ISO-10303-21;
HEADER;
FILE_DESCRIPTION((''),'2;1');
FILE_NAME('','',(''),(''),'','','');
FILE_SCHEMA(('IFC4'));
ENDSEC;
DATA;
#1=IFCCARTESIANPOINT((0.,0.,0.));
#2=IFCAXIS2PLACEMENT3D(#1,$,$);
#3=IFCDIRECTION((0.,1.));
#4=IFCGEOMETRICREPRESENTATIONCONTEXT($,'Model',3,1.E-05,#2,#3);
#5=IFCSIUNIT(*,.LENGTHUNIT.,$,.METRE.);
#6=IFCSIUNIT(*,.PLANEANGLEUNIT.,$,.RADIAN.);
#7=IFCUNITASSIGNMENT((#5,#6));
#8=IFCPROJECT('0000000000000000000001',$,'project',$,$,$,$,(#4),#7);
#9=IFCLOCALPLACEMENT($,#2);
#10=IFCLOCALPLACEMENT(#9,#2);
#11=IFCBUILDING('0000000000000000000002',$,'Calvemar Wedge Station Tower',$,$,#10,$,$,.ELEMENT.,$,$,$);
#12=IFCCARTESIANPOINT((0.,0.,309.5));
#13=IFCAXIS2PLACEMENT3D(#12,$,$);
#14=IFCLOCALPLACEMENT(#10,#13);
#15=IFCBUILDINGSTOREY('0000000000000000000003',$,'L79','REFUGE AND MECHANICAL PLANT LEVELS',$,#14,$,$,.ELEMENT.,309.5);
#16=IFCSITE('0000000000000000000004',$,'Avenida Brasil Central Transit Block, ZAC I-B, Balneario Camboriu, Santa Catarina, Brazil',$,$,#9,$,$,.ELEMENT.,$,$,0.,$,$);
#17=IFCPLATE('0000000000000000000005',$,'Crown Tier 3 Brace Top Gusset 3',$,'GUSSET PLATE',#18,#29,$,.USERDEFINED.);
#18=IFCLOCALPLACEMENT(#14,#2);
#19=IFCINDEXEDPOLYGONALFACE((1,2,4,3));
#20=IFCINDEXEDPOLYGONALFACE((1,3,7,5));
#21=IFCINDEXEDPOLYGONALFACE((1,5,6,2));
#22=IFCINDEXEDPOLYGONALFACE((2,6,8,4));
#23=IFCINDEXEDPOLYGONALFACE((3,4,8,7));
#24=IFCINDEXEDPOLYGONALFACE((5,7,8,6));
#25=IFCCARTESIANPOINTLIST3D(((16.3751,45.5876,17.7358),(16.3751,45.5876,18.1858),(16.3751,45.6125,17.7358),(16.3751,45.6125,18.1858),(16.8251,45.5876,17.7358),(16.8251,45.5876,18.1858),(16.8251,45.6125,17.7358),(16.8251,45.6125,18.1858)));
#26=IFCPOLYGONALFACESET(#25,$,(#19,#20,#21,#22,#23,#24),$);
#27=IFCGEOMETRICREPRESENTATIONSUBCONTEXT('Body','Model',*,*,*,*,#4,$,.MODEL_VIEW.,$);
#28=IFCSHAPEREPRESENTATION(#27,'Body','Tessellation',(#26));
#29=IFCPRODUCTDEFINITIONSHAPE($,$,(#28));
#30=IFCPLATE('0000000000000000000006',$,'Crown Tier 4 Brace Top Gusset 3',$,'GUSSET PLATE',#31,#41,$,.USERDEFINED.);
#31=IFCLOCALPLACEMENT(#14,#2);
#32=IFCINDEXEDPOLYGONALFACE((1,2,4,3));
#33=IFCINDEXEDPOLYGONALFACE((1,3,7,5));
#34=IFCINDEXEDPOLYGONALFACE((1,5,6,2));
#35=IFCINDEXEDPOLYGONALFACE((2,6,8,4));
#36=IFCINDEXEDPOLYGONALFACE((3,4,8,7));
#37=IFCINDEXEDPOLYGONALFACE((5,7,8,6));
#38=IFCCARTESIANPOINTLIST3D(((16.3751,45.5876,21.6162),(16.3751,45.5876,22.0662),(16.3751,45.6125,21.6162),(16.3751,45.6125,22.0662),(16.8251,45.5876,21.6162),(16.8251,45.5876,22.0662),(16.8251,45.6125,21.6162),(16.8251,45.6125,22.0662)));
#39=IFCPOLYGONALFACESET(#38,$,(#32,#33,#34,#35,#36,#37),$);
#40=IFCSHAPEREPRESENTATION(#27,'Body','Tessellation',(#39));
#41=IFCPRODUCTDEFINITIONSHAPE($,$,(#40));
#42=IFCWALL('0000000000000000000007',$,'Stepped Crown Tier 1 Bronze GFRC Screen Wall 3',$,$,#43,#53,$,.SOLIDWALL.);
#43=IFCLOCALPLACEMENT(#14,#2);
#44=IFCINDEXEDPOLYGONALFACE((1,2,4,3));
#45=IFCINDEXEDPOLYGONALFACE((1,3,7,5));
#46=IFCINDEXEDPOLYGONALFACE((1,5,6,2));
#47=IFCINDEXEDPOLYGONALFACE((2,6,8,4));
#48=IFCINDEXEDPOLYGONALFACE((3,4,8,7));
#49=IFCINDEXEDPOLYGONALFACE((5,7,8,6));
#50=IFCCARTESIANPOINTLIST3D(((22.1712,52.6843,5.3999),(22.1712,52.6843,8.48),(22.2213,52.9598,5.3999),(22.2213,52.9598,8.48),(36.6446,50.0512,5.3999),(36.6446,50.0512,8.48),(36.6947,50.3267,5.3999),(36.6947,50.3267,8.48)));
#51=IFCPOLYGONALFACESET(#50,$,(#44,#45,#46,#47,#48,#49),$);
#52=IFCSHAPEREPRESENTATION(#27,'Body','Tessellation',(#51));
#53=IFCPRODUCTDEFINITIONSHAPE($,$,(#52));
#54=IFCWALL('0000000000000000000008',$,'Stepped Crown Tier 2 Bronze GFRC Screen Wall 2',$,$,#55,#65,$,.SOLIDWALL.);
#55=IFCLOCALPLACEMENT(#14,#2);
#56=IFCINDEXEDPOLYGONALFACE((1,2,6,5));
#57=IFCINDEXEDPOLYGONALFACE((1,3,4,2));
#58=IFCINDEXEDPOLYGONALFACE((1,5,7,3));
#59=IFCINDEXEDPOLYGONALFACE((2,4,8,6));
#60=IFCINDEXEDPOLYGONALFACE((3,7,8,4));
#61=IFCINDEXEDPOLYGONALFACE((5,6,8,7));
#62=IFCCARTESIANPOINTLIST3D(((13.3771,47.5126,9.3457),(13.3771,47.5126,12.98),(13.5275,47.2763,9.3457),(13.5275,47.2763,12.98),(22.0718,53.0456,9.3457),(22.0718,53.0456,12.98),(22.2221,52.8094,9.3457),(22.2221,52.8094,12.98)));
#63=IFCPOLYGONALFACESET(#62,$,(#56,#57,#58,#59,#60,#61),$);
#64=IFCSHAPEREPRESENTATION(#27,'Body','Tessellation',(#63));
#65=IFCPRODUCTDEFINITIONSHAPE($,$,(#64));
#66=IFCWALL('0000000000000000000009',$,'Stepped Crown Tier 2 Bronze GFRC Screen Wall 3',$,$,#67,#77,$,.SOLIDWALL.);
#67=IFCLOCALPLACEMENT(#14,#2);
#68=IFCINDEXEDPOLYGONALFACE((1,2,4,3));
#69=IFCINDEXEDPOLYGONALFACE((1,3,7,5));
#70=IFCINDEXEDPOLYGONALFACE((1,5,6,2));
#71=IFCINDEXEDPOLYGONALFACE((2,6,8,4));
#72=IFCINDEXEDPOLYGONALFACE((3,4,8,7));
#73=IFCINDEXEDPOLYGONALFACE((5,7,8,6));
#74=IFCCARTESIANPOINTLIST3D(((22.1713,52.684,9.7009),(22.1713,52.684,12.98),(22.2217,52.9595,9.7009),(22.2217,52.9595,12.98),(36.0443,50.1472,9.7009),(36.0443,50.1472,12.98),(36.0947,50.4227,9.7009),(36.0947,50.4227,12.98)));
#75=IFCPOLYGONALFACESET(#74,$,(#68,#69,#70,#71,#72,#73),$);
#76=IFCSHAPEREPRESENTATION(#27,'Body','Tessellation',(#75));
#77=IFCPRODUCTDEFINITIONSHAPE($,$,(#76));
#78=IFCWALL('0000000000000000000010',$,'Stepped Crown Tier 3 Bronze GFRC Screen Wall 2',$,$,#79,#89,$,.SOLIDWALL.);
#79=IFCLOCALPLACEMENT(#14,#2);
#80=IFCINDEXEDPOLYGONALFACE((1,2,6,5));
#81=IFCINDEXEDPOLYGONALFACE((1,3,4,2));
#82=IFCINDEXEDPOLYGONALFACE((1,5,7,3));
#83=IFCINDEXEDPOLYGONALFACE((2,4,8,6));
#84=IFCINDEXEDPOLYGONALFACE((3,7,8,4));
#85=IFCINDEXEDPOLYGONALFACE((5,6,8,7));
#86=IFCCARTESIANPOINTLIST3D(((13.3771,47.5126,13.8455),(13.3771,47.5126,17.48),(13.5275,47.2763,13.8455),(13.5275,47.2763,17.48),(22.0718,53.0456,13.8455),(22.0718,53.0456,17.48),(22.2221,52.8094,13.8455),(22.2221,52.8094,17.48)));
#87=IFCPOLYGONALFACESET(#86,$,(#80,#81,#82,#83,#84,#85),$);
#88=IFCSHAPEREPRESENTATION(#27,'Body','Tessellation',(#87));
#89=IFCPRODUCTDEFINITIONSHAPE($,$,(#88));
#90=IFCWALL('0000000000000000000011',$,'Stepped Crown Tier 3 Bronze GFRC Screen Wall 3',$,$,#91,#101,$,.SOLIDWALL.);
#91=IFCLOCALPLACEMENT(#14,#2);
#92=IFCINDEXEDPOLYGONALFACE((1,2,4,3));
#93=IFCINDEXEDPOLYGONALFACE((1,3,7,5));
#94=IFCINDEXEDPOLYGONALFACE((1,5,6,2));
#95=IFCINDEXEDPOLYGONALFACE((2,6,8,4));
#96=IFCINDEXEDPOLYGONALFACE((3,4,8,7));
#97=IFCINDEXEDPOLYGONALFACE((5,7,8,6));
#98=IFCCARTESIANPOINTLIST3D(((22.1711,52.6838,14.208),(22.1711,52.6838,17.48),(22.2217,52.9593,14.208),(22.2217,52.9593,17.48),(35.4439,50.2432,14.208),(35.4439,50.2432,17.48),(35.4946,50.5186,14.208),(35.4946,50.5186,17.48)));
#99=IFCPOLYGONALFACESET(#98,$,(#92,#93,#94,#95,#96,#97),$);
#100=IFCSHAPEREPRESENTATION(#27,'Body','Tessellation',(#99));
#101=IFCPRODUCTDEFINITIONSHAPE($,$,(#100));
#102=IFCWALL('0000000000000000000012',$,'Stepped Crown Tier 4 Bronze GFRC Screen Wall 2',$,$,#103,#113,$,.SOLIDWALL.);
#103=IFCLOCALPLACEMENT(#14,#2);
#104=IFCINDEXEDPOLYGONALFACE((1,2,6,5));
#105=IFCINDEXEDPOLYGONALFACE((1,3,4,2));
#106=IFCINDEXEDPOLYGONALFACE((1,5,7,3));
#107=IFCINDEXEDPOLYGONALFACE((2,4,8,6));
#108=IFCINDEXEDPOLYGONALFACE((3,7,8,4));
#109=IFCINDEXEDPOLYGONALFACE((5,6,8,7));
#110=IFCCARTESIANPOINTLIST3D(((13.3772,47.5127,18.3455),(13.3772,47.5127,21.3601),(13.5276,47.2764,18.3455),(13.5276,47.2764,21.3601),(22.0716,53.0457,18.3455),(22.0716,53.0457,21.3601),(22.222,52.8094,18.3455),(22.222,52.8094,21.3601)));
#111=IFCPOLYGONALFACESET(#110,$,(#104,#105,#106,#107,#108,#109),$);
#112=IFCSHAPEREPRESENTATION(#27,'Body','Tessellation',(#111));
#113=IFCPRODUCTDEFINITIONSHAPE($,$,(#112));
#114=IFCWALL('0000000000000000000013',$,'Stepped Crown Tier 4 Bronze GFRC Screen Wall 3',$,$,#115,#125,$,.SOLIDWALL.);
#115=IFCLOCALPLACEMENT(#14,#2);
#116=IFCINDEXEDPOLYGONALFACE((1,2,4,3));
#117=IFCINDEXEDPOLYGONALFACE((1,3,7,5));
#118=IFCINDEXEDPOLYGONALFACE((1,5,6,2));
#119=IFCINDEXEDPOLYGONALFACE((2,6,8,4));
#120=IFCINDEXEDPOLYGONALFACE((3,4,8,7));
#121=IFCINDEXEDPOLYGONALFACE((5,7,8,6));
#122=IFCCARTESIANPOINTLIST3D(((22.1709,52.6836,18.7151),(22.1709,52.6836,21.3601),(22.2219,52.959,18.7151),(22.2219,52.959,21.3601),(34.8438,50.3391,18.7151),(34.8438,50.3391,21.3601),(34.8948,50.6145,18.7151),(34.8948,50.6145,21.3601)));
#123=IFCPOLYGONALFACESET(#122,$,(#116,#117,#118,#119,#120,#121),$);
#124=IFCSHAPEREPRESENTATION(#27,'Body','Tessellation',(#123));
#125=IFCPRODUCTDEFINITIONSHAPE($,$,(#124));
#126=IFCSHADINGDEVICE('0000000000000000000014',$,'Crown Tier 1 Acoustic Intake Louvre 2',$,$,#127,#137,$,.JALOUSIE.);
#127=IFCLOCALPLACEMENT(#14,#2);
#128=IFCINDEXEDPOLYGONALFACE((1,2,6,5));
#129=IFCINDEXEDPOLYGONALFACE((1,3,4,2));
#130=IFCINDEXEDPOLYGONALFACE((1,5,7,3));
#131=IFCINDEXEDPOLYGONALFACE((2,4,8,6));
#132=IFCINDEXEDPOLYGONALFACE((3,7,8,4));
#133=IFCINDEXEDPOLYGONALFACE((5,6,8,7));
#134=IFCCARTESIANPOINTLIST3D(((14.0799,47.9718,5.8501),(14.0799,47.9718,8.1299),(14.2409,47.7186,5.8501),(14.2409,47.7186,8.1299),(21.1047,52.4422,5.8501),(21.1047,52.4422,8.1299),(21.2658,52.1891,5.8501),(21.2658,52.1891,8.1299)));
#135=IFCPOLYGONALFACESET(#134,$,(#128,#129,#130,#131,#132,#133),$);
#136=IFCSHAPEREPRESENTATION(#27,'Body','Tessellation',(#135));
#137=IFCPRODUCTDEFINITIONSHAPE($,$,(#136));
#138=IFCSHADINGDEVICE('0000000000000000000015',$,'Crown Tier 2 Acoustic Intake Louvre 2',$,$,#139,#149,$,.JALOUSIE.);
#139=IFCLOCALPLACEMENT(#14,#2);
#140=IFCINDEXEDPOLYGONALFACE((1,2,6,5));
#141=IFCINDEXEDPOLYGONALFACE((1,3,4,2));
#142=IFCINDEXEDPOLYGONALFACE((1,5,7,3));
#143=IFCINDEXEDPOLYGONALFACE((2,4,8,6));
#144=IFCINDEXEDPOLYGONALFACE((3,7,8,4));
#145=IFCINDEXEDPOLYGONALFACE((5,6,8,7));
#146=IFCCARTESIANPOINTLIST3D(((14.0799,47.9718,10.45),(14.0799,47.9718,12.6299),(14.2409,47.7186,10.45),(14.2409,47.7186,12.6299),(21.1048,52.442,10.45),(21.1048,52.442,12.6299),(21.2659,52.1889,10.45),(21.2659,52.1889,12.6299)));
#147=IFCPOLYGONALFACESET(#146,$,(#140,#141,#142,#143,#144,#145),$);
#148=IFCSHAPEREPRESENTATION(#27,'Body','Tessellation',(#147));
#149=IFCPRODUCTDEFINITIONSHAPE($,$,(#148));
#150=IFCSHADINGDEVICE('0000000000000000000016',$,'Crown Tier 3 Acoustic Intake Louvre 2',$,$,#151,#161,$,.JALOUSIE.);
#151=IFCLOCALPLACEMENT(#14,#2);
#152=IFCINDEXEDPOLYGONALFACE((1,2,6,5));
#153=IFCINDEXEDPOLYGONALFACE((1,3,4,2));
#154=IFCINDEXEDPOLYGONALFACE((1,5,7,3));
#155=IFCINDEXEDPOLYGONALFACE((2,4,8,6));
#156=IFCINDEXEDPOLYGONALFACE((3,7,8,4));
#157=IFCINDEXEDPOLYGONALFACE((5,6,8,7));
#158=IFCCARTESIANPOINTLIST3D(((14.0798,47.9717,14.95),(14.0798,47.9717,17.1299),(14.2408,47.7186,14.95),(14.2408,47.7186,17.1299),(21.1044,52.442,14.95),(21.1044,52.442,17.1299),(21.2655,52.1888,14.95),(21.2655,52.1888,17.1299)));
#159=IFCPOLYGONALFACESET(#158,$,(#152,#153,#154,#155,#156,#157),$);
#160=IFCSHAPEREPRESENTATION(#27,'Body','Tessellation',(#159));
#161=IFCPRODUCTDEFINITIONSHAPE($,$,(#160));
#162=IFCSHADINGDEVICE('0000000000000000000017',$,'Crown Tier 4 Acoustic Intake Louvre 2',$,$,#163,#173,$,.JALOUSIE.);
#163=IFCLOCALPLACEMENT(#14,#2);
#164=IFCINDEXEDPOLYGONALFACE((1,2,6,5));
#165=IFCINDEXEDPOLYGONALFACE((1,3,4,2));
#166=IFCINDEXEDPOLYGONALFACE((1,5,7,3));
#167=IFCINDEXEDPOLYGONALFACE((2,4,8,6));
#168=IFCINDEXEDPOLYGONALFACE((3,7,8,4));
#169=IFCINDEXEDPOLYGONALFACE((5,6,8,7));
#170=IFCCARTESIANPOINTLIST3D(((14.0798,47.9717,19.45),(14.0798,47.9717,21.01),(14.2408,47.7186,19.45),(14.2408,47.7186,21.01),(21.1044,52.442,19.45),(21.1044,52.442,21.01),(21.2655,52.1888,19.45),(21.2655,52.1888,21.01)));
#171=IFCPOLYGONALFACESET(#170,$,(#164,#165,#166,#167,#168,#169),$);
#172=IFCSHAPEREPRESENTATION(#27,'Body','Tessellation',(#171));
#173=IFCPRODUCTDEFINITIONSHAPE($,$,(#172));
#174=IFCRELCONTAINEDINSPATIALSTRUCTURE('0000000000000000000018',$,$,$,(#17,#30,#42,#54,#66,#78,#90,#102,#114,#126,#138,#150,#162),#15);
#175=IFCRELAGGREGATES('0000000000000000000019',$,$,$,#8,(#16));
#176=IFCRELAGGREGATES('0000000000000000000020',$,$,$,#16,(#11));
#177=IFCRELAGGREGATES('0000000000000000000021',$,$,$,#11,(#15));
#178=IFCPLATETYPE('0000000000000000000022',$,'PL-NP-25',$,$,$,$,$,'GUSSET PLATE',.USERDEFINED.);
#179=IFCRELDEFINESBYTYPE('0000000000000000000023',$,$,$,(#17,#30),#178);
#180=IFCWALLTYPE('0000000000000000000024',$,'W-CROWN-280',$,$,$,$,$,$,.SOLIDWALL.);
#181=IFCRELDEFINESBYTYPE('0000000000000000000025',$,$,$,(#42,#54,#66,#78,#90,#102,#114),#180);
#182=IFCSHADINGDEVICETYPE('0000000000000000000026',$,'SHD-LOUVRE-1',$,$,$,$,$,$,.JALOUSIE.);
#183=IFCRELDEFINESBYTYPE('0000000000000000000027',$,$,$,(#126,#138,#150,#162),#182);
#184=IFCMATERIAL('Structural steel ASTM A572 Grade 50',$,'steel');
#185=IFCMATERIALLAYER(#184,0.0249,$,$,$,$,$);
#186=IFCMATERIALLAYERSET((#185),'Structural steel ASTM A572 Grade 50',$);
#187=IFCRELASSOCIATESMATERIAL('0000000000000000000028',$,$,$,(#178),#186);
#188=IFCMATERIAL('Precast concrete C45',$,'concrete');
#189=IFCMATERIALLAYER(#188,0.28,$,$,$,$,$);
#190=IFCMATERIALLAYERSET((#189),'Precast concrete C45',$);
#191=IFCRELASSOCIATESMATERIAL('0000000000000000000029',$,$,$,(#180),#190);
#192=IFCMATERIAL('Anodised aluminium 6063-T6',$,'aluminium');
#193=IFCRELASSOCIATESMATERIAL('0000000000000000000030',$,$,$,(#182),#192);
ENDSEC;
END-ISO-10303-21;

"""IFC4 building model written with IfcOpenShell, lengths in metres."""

from ifc_helpers import new_model, si_unit, direction, frame, frame_2d, origin, origin_2d, place, context, subcontext, project, spatial, rectangle, extrude, source, transform, mapped, material, layer, layer_set, type_object, element, save


model = new_model("IFC4")

# Units and contexts
model_context = context("Model", 3, precision=1e-05, world=origin(), true_north=direction((0.0, 1.0)))
body_context = subcontext(model_context, "Body", "Model", "MODEL_VIEW")
ifc_project = project(units=[si_unit("LENGTHUNIT", "METRE"), si_unit("PLANEANGLEUNIT", "RADIAN")], contexts=[model_context])

# Site, building, storey
site_placement = place(None, origin())
site = spatial("IfcSite", under=ifc_project, at=site_placement, Name="Avenida Brasil Central Transit Block, ZAC I-B, Balneario Camboriu, Santa Catarina, Brazil", CompositionType="ELEMENT", RefElevation=0.0)
building_placement = place(site_placement, origin())
building = spatial("IfcBuilding", under=site, at=building_placement, Name="Calvemar Wedge Station Tower", CompositionType="ELEMENT")
storey_placement = place(building_placement, frame((0.0, 0.0, 309.5)))
storey = spatial("IfcBuildingStorey", under=building, at=storey_placement, Name="L79", Description="REFUGE AND MECHANICAL PLANT LEVELS", CompositionType="ELEMENT", Elevation=309.5)

# Shared definitions
ifc_material_1 = material(Name="Structural steel ASTM A572 Grade 50", Category="steel")

# Plates
ifc_layer_1 = layer(ifc_material_1, 0.0249)
ifc_layer_set_1 = layer_set([ifc_layer_1], Name="Structural steel ASTM A572 Grade 50")
plate_type = type_object("IfcPlateType", Name="PL-NP-25", ElementType="GUSSET PLATE", PredefinedType="USERDEFINED", material=ifc_layer_set_1)
shared_shape_1 = source(origin(), body_context, "Body", "SweptSolid", [
    extrude(rectangle(XDim=0.45, YDim=0.0249, at=origin_2d()), origin(), (0.0, 0.0, 1.0), 0.45),
])
for number, where, z_axis, x_axis, name in (
    (1, (16.6001, 45.6001, 17.7358), (0.0, 0.0, 1.0), (-1.0, 0.0, 0.0), "Crown Tier 3 Brace Top Gusset 3"),
    (2, (16.6001, 45.6001, 21.6162), (0.0, 0.0, 1.0), (-1.0, 0.0, 0.0), "Crown Tier 4 Brace Top Gusset 3"),
):
    element("IfcPlate", number, at=place(storey_placement, frame(where, z_axis=z_axis, x_axis=x_axis)), inside=storey, type_object=plate_type, Name=name, ObjectType="GUSSET PLATE", PredefinedType="USERDEFINED", context=body_context, shape_type="MappedRepresentation", body=[
        mapped(shared_shape_1, transform((0.0, 0.0, 0.0), scale=1.0)),
    ])

# Walls
ifc_material_2 = material(Name="Precast concrete C45", Category="concrete")
ifc_layer_2 = layer(ifc_material_2, 0.28)
ifc_layer_set_2 = layer_set([ifc_layer_2], Name="Precast concrete C45")
wall_type = type_object("IfcWallType", Name="W-CROWN-280", PredefinedType="SOLIDWALL", material=ifc_layer_set_2)
wall_1_placement = place(storey_placement, frame((22.1963, 52.822, 5.3999), z_axis=(0.0, 0.0, 1.0), x_axis=(0.983852, -0.178986, 0.0)))
element("IfcWall", 3, at=wall_1_placement, inside=storey, type_object=wall_type, Name="Stepped Crown Tier 1 Bronze GFRC Screen Wall 3", PredefinedType="SOLIDWALL", context=body_context, shape_type="SweptSolid", body=[
    extrude(rectangle(XDim=14.7109, YDim=0.28, at=frame_2d((7.3555, 0.0))), origin(), (0.0, 0.0, 1.0), 3.0801),
])
wall_2_placement = place(storey_placement, frame((13.4524, 47.3945, 9.3457), z_axis=(0.0, 0.0, 1.0), x_axis=(0.84366, 0.536879, 0.0)))
element("IfcWall", 4, at=wall_2_placement, inside=storey, type_object=wall_type, Name="Stepped Crown Tier 2 Bronze GFRC Screen Wall 2", PredefinedType="SOLIDWALL", context=body_context, shape_type="SweptSolid", body=[
    extrude(rectangle(XDim=10.3059, YDim=0.28, at=frame_2d((5.1528, 0.0))), origin(), (0.0, 0.0, 1.0), 3.6343),
])
wall_3_placement = place(storey_placement, frame((22.1965, 52.8218, 9.7009), z_axis=(0.0, 0.0, 1.0), x_axis=(0.983689, -0.17988, 0.0)))
element("IfcWall", 5, at=wall_3_placement, inside=storey, type_object=wall_type, Name="Stepped Crown Tier 2 Bronze GFRC Screen Wall 3", PredefinedType="SOLIDWALL", context=body_context, shape_type="SweptSolid", body=[
    extrude(rectangle(XDim=14.103, YDim=0.28, at=frame_2d((7.0515, 0.0))), origin(), (0.0, 0.0, 1.0), 3.2791),
])
wall_4_placement = place(storey_placement, frame((13.4524, 47.3945, 13.8455), z_axis=(0.0, 0.0, 1.0), x_axis=(0.84366, 0.536879, 0.0)))
element("IfcWall", 6, at=wall_4_placement, inside=storey, type_object=wall_type, Name="Stepped Crown Tier 3 Bronze GFRC Screen Wall 2", PredefinedType="SOLIDWALL", context=body_context, shape_type="SweptSolid", body=[
    extrude(rectangle(XDim=10.3059, YDim=0.28, at=frame_2d((5.1528, 0.0))), origin(), (0.0, 0.0, 1.0), 3.6345),
])
wall_5_placement = place(storey_placement, frame((22.1965, 52.8215, 14.208), z_axis=(0.0, 0.0, 1.0), x_axis=(0.98351, -0.180851, 0.0)))
element("IfcWall", 7, at=wall_5_placement, inside=storey, type_object=wall_type, Name="Stepped Crown Tier 3 Bronze GFRC Screen Wall 3", PredefinedType="SOLIDWALL", context=body_context, shape_type="SweptSolid", body=[
    extrude(rectangle(XDim=13.4954, YDim=0.28, at=frame_2d((6.7476, 0.0))), origin(), (0.0, 0.0, 1.0), 3.272),
])
wall_6_placement = place(storey_placement, frame((13.4524, 47.3945, 18.3455), z_axis=(0.0, 0.0, 1.0), x_axis=(0.843653, 0.536889, 0.0)))
element("IfcWall", 8, at=wall_6_placement, inside=storey, type_object=wall_type, Name="Stepped Crown Tier 4 Bronze GFRC Screen Wall 2", PredefinedType="SOLIDWALL", context=body_context, shape_type="SweptSolid", body=[
    extrude(rectangle(XDim=10.3057, YDim=0.28, at=frame_2d((5.1528, 0.0))), origin(), (0.0, 0.0, 1.0), 3.0146),
])
wall_7_placement = place(storey_placement, frame((22.1965, 52.8213, 18.7151), z_axis=(0.0, 0.0, 1.0), x_axis=(0.983315, -0.181914, 0.0)))
element("IfcWall", 9, at=wall_7_placement, inside=storey, type_object=wall_type, Name="Stepped Crown Tier 4 Bronze GFRC Screen Wall 3", PredefinedType="SOLIDWALL", context=body_context, shape_type="SweptSolid", body=[
    extrude(rectangle(XDim=12.8879, YDim=0.28, at=frame_2d((6.4438, 0.0))), origin(), (0.0, 0.0, 1.0), 2.645),
])

# Shading devices
ifc_material_3 = material(Name="Anodised aluminium 6063-T6", Category="aluminium")
shading_device_type = type_object("IfcShadingDeviceType", Name="SHD-LOUVRE-1", PredefinedType="JALOUSIE", material=ifc_material_3)
shading_device_1_placement = place(storey_placement, frame((14.1604, 47.8452, 5.8501), z_axis=(0.0, 0.0, 1.0), x_axis=(0.843658, 0.536881, 0.0)))
element("IfcShadingDevice", 10, at=shading_device_1_placement, inside=storey, type_object=shading_device_type, Name="Crown Tier 1 Acoustic Intake Louvre 2", PredefinedType="JALOUSIE", context=body_context, shape_type="SweptSolid", body=[
    extrude(rectangle(XDim=8.3267, YDim=0.3, at=frame_2d((4.1633, 0.0))), origin(), (0.0, 0.0, 1.0), 2.2798),
])
shading_device_2_placement = place(storey_placement, frame((14.1604, 47.8452, 10.45), z_axis=(0.0, 0.0, 1.0), x_axis=(0.843671, 0.53686, 0.0)))
element("IfcShadingDevice", 11, at=shading_device_2_placement, inside=storey, type_object=shading_device_type, Name="Crown Tier 2 Acoustic Intake Louvre 2", PredefinedType="JALOUSIE", context=body_context, shape_type="SweptSolid", body=[
    extrude(rectangle(XDim=8.3267, YDim=0.3, at=frame_2d((4.1633, 0.0))), origin(), (0.0, 0.0, 1.0), 2.1799),
])
shading_device_3_placement = place(storey_placement, frame((14.1604, 47.8452, 14.95), z_axis=(0.0, 0.0, 1.0), x_axis=(0.843663, 0.536874, 0.0)))
element("IfcShadingDevice", 12, at=shading_device_3_placement, inside=storey, type_object=shading_device_type, Name="Crown Tier 3 Acoustic Intake Louvre 2", PredefinedType="JALOUSIE", context=body_context, shape_type="SweptSolid", body=[
    extrude(rectangle(XDim=8.3264, YDim=0.3, at=frame_2d((4.1631, 0.0))), origin(), (0.0, 0.0, 1.0), 2.1799),
])
shading_device_4_placement = place(storey_placement, frame((14.1604, 47.8452, 19.45), z_axis=(0.0, 0.0, 1.0), x_axis=(0.843663, 0.536874, 0.0)))
element("IfcShadingDevice", 13, at=shading_device_4_placement, inside=storey, type_object=shading_device_type, Name="Crown Tier 4 Acoustic Intake Louvre 2", PredefinedType="JALOUSIE", context=body_context, shape_type="SweptSolid", body=[
    extrude(rectangle(XDim=8.3264, YDim=0.3, at=frame_2d((4.1631, 0.0))), origin(), (0.0, 0.0, 1.0), 1.5601),
])

save(model, "model.ifc")
